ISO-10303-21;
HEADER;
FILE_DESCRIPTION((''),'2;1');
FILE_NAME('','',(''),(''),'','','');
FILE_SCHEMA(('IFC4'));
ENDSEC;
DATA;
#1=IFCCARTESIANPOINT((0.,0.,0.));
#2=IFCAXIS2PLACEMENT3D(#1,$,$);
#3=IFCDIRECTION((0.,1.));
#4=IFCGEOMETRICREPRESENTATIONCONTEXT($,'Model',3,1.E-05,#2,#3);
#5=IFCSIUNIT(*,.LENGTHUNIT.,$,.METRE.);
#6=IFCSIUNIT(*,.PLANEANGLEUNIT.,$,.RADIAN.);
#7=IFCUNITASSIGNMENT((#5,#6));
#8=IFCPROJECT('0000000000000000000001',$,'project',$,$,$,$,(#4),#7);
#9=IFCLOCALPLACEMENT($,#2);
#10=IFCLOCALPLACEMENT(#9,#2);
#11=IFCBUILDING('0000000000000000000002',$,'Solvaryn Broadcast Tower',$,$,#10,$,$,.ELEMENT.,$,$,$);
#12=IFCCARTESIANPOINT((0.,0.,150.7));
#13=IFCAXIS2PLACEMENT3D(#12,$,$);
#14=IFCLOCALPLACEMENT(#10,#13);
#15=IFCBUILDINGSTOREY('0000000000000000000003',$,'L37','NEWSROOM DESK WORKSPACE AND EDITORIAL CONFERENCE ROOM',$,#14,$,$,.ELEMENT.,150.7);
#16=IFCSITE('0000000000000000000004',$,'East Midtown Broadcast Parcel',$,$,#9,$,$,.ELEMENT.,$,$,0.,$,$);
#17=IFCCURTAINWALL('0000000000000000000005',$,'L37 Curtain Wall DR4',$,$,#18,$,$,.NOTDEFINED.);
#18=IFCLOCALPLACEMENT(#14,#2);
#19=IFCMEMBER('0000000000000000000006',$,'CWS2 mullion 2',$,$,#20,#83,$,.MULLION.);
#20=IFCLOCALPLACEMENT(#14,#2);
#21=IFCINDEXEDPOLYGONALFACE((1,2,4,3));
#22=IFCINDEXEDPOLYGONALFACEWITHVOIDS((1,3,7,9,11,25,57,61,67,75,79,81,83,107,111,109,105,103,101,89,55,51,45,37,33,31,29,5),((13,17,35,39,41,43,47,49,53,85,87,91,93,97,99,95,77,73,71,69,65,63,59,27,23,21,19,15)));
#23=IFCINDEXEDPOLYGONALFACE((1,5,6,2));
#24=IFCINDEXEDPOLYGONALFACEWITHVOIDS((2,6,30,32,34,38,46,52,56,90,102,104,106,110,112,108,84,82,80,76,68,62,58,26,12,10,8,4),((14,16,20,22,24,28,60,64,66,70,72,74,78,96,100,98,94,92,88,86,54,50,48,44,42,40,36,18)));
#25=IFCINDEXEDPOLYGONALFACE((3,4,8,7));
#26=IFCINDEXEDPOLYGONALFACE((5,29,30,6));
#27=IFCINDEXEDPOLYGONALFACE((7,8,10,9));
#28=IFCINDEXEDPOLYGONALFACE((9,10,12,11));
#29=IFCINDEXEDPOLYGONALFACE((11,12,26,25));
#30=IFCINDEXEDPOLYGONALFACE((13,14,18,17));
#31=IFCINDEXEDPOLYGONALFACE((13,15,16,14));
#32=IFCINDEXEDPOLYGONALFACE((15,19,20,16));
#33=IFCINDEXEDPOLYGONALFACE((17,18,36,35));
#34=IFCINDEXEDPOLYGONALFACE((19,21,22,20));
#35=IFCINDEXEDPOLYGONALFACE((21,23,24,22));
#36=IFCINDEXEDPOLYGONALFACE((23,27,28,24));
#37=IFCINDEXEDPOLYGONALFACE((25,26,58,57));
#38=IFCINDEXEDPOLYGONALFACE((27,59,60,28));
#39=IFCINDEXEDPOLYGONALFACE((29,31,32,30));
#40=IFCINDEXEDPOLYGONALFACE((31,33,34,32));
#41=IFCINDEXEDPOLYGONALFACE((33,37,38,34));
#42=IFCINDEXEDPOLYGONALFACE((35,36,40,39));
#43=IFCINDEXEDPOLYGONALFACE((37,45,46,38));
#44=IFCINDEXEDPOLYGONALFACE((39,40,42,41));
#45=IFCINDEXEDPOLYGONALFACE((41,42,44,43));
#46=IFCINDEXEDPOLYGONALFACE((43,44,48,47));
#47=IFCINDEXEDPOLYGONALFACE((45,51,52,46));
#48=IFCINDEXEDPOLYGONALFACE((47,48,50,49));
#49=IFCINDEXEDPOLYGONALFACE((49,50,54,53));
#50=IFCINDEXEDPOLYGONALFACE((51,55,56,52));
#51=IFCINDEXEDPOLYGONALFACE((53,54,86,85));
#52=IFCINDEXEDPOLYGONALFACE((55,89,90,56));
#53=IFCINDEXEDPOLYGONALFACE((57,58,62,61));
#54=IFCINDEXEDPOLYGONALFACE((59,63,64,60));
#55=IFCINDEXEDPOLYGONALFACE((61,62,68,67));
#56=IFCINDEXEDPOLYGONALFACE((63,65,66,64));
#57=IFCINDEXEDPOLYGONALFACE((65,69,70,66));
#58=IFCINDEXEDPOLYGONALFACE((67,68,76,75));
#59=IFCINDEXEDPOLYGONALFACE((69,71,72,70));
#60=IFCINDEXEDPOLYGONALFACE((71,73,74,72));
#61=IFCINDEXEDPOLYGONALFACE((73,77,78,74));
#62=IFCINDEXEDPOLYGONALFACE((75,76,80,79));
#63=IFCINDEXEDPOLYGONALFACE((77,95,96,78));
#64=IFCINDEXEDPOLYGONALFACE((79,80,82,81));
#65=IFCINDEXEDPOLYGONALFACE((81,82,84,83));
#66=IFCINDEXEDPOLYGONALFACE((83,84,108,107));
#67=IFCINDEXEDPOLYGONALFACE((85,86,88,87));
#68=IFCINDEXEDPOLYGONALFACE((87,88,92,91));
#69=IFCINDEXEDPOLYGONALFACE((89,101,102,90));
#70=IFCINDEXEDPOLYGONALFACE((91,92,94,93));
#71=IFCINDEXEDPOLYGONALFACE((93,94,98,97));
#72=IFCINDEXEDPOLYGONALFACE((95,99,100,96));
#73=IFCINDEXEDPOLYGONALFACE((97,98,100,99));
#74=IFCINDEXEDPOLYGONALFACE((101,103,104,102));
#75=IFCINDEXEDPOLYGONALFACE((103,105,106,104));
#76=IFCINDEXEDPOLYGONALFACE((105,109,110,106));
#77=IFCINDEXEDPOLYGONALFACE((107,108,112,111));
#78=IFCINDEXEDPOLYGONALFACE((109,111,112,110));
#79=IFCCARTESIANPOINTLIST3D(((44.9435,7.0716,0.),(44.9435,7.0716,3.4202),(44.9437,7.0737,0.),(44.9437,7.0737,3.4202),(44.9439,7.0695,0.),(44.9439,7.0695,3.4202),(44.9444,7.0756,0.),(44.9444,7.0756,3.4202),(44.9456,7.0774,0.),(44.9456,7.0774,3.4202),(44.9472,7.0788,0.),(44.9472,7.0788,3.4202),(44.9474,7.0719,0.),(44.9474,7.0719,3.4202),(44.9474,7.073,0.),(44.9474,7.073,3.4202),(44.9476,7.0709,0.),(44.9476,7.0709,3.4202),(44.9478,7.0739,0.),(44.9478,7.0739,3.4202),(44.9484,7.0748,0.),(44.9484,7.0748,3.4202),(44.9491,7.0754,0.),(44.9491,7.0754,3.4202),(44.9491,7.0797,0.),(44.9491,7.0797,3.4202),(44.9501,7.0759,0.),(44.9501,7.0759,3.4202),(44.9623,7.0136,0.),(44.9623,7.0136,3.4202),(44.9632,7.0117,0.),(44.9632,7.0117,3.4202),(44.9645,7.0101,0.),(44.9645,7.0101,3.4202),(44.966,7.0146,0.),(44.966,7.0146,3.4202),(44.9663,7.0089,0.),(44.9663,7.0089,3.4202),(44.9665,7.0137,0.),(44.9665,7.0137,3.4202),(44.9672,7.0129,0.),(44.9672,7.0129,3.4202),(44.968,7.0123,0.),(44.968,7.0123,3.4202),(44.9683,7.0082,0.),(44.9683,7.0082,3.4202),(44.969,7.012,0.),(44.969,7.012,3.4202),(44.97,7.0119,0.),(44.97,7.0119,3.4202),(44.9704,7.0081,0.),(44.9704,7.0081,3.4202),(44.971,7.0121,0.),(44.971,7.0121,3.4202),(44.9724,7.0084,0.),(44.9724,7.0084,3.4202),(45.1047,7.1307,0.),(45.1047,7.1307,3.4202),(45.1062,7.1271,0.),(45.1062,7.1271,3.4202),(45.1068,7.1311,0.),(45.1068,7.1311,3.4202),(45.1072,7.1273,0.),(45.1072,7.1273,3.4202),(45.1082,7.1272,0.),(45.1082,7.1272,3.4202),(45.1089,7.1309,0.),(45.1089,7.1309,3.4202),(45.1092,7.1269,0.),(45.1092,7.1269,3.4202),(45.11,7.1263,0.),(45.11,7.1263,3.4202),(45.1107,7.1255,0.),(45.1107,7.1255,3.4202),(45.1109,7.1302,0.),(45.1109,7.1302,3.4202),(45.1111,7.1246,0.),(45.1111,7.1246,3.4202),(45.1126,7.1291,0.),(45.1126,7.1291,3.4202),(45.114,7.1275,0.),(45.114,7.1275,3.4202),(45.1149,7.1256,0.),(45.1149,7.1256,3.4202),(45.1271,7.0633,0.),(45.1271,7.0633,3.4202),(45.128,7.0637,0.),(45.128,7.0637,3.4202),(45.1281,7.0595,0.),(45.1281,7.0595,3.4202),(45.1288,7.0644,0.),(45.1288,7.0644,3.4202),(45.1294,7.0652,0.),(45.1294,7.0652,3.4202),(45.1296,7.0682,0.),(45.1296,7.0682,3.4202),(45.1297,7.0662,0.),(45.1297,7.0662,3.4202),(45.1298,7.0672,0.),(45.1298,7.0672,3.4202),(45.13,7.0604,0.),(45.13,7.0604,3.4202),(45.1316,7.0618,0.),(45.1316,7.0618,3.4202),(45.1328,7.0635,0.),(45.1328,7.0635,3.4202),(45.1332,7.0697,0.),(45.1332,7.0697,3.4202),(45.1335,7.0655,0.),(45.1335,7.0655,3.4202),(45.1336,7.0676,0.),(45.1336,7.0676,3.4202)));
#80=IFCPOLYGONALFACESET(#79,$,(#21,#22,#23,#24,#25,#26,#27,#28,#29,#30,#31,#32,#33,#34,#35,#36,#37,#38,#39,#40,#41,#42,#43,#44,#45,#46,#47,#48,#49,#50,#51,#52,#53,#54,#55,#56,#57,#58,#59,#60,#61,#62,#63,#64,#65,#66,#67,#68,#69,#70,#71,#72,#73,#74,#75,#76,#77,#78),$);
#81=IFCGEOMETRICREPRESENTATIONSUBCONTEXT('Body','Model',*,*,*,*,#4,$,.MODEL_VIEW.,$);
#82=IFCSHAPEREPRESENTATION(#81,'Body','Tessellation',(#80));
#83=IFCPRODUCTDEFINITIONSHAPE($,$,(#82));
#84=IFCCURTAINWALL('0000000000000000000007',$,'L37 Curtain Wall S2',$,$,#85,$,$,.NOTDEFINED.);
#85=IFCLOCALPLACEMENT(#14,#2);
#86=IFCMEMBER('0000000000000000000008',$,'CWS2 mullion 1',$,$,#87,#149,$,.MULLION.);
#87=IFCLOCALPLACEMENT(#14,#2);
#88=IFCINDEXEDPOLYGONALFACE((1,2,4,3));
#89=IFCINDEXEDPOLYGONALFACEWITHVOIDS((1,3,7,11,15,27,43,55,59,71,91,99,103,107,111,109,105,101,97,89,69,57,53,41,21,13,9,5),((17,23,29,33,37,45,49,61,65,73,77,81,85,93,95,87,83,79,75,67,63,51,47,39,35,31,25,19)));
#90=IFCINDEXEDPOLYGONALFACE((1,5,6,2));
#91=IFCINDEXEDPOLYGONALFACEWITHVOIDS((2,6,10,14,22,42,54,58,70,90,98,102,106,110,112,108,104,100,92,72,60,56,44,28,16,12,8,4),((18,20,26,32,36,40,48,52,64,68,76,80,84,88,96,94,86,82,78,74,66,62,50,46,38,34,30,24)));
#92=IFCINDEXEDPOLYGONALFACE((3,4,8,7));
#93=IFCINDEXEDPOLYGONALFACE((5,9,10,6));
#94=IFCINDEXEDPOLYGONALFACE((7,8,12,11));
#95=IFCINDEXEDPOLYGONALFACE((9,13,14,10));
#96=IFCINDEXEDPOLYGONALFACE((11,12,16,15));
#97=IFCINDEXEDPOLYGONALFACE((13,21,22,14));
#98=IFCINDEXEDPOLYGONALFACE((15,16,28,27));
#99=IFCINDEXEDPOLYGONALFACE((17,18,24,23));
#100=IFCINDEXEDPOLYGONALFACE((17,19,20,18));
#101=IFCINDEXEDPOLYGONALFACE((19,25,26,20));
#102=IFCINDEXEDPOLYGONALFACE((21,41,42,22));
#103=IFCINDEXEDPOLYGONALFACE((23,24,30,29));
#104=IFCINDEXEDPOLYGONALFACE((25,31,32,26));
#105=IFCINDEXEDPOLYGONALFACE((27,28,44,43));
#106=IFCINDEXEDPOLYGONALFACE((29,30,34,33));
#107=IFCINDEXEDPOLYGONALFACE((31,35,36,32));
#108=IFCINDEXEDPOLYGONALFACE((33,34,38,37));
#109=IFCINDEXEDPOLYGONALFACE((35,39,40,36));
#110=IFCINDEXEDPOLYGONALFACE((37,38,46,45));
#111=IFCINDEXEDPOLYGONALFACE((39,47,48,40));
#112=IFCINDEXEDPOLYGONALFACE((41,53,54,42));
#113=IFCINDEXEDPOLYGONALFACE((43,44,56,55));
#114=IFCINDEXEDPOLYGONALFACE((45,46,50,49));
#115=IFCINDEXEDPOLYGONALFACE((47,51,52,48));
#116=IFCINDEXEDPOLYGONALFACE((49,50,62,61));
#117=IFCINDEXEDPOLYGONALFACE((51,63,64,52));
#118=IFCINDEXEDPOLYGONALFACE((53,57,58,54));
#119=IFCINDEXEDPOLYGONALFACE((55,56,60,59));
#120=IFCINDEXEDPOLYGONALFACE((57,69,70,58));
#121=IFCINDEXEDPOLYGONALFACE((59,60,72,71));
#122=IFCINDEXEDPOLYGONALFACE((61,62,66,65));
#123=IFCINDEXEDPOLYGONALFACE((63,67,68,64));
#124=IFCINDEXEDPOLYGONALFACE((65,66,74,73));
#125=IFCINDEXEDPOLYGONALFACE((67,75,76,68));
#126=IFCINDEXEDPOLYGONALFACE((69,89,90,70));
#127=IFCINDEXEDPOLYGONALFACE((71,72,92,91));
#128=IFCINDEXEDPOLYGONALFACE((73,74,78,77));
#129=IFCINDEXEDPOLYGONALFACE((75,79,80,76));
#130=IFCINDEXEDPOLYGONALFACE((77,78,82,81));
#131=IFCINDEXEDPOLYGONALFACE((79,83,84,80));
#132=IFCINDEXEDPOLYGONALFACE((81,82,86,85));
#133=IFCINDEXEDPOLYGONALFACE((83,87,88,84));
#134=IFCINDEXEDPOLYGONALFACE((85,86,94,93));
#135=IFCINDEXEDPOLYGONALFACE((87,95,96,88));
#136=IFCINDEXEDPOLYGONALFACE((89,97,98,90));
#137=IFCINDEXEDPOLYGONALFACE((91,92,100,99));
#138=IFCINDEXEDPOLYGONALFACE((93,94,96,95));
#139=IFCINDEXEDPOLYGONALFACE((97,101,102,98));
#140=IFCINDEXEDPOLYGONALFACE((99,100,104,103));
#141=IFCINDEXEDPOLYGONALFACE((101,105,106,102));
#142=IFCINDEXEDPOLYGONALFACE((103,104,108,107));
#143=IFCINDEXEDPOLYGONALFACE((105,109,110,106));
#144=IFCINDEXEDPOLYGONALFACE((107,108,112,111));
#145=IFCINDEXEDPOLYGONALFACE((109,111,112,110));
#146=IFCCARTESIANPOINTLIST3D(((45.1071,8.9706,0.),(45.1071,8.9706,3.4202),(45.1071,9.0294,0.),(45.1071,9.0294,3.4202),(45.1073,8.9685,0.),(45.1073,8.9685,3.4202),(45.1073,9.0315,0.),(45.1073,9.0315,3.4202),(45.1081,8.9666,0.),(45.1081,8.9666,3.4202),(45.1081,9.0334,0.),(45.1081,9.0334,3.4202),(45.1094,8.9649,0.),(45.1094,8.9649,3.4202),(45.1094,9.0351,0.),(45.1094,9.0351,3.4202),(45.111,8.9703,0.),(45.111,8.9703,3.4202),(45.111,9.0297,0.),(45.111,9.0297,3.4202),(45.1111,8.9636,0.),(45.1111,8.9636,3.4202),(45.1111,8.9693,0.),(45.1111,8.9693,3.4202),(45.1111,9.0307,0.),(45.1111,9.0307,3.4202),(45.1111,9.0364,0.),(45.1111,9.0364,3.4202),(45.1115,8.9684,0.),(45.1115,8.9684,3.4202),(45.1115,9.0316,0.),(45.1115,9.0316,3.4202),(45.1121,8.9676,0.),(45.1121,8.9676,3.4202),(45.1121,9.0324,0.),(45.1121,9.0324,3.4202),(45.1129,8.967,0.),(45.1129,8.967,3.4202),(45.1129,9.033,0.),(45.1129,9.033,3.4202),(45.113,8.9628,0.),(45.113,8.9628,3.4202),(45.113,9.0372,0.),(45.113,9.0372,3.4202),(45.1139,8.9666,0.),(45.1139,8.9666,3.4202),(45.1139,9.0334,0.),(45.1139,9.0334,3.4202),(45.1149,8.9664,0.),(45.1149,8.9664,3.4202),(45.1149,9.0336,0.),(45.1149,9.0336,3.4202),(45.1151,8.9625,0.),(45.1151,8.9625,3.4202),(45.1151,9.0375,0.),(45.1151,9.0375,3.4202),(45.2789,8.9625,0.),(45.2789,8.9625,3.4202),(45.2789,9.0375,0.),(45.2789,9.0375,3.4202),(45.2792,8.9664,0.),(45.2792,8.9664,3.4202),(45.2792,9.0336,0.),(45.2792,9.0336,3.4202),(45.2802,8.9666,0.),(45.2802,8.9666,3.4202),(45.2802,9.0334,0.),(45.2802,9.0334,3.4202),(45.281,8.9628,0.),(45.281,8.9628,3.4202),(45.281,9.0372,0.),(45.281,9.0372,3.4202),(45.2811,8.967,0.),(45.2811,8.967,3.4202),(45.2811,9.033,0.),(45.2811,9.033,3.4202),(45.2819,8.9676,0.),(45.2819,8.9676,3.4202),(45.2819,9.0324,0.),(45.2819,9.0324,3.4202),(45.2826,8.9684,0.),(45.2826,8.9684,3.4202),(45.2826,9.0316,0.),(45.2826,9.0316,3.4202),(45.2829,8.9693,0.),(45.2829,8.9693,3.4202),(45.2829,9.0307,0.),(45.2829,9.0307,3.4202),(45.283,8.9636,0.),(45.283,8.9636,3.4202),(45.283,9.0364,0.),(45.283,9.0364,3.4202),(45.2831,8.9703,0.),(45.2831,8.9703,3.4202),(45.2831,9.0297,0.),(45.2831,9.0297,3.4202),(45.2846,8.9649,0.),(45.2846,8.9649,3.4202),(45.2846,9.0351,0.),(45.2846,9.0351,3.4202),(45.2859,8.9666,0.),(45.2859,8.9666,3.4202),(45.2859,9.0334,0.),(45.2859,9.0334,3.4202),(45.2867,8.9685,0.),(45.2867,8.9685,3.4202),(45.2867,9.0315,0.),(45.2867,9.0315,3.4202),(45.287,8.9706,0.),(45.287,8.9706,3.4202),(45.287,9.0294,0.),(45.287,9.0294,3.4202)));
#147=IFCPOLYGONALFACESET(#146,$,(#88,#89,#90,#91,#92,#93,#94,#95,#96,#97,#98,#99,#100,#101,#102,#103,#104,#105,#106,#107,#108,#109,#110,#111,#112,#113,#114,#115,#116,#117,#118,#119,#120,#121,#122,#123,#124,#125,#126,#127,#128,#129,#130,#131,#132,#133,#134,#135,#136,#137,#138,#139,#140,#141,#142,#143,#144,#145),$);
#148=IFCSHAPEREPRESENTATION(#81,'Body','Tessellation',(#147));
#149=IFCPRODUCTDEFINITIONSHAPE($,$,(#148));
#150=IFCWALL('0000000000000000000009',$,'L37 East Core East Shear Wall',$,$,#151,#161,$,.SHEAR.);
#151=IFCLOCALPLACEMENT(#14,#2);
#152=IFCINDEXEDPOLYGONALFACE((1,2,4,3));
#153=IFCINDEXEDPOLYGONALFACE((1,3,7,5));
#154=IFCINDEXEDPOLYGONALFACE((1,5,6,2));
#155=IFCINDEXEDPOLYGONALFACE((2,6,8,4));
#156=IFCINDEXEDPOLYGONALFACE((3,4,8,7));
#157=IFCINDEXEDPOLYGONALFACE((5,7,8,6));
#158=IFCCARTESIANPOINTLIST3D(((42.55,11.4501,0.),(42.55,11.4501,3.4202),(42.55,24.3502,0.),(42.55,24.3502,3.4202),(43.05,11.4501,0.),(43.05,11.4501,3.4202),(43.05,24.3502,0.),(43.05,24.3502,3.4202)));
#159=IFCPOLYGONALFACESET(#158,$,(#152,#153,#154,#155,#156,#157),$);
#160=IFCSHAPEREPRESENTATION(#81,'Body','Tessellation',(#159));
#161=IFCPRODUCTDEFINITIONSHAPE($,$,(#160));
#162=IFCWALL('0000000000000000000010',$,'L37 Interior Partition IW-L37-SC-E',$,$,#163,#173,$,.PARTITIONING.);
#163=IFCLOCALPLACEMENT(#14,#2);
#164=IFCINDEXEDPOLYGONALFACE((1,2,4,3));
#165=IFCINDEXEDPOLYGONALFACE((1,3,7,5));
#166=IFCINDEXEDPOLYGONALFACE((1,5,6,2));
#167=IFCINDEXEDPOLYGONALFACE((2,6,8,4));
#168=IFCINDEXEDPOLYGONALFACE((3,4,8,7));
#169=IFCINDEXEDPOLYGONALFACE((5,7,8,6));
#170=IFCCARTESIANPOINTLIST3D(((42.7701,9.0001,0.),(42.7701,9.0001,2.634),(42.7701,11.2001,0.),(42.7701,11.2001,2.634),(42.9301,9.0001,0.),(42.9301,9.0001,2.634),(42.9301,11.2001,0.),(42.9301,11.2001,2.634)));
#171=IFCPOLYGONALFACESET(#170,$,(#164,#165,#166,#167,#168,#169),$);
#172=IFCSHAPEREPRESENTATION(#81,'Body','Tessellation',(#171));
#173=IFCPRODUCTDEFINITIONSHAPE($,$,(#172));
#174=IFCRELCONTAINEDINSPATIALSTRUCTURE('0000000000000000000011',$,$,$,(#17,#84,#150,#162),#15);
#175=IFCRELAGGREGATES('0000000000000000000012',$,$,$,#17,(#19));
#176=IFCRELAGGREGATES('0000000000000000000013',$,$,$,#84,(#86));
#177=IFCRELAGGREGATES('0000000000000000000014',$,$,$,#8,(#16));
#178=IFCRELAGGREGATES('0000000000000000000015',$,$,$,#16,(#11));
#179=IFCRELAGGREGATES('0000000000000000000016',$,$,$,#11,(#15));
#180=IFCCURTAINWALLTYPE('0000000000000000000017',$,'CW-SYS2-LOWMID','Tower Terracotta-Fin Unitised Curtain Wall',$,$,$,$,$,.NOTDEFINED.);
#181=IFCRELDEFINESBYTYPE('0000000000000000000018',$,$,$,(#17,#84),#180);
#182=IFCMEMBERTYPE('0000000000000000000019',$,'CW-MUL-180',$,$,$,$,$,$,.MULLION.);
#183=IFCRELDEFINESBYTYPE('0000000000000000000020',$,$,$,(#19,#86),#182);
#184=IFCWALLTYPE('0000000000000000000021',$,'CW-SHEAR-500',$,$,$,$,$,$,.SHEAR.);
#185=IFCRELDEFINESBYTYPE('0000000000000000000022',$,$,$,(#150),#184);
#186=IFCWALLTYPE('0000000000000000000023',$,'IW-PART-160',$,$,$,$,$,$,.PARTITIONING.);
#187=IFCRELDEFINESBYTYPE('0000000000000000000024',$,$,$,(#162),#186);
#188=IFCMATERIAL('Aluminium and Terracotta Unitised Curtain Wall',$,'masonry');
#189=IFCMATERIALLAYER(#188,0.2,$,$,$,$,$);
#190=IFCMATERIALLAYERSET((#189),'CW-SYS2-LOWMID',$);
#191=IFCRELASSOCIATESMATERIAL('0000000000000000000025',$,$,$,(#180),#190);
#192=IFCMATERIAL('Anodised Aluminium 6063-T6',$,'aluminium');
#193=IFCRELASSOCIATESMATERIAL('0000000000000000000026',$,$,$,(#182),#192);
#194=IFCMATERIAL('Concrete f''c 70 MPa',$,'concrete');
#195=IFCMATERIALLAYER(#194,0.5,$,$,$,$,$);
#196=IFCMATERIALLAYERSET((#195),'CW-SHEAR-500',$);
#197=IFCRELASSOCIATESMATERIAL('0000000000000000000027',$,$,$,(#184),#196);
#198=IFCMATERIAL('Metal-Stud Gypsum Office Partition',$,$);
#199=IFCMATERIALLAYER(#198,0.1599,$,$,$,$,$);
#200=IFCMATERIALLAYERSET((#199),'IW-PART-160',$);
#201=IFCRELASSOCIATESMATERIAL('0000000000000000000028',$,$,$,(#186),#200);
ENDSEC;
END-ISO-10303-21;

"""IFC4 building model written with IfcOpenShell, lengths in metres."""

from ifc_helpers import new_model, si_unit, direction, frame, frame_2d, origin, origin_2d, place, context, subcontext, project, spatial, rectangle, hollow_rectangle, extrude, material, layer, layer_set, material_profile, profile_set, type_object, element, aggregate, save


model = new_model("IFC4")

# Units and contexts
model_context = context("Model", 3, precision=1e-05, world=origin(), true_north=direction((0.0, 1.0)))
body_context = subcontext(model_context, "Body", "Model", "MODEL_VIEW")
ifc_project = project(units=[si_unit("LENGTHUNIT", "METRE"), si_unit("PLANEANGLEUNIT", "RADIAN")], contexts=[model_context])

# Site, building, storey
site_placement = place(None, origin())
site = spatial("IfcSite", under=ifc_project, at=site_placement, Name="East Midtown Broadcast Parcel", CompositionType="ELEMENT", RefElevation=0.0)
building_placement = place(site_placement, origin())
building = spatial("IfcBuilding", under=site, at=building_placement, Name="Solvaryn Broadcast Tower", CompositionType="ELEMENT")
storey_placement = place(building_placement, frame((0.0, 0.0, 150.7)))
storey = spatial("IfcBuildingStorey", under=building, at=storey_placement, Name="L37", Description="NEWSROOM DESK WORKSPACE AND EDITORIAL CONFERENCE ROOM", CompositionType="ELEMENT", Elevation=150.7)

# Curtain walls, members
ifc_material_1 = material(Name="Aluminium and Terracotta Unitised Curtain Wall", Category="masonry")
ifc_layer_1 = layer(ifc_material_1, 0.2)
ifc_layer_set_1 = layer_set([ifc_layer_1], Name="CW-SYS2-LOWMID")
curtain_wall_type = type_object("IfcCurtainWallType", Name="CW-SYS2-LOWMID", Description="Tower Terracotta-Fin Unitised Curtain Wall", PredefinedType="NOTDEFINED", material=ifc_layer_set_1)
curtain_wall_1_placement = place(storey_placement, origin())
curtain_wall_1 = element("IfcCurtainWall", 1, at=curtain_wall_1_placement, inside=storey, type_object=curtain_wall_type, Name="L37 Curtain Wall DR4", PredefinedType="NOTDEFINED")
ifc_material_2 = material(Name="Anodised Aluminium 6063-T6", Category="aluminium")
ifc_material_profile_1 = material_profile(ifc_material_2, hollow_rectangle(XDim=0.075, YDim=0.1799, WallThickness=0.0039, InnerFilletRadius=0.0039, OuterFilletRadius=0.0081, at=origin_2d()))
ifc_profile_set_1 = profile_set([ifc_material_profile_1], Name="Anodised Aluminium 6063-T6")
member_type = type_object("IfcMemberType", Name="CW-MUL-180", PredefinedType="MULLION", material=ifc_profile_set_1)
member_1_placement = place(storey_placement, frame((45.0386, 7.0696, 0.0), z_axis=(0.0, 0.0, 1.0), x_axis=(-0.311646, 0.950198, 0.0)))
member_1 = element("IfcMember", 2, at=member_1_placement, type_object=member_type, Name="CWS2 mullion 2", PredefinedType="MULLION", context=body_context, shape_type="SweptSolid", body=[
    extrude(hollow_rectangle(XDim=0.075, YDim=0.1799, WallThickness=0.0039, InnerFilletRadius=0.0039, OuterFilletRadius=0.0081, at=origin_2d()), origin(), (0.0, 0.0, 1.0), 3.4202),
])
aggregate(curtain_wall_1, [member_1])
curtain_wall_2_placement = place(storey_placement, origin())
curtain_wall_2 = element("IfcCurtainWall", 3, at=curtain_wall_2_placement, inside=storey, type_object=curtain_wall_type, Name="L37 Curtain Wall S2", PredefinedType="NOTDEFINED")
member_2_placement = place(storey_placement, frame((45.197, 9.0, 0.0), z_axis=(0.0, 0.0, 1.0), x_axis=(0.0, 1.0, 0.0)))
member_2 = element("IfcMember", 4, at=member_2_placement, type_object=member_type, Name="CWS2 mullion 1", PredefinedType="MULLION", context=body_context, shape_type="SweptSolid", body=[
    extrude(hollow_rectangle(XDim=0.075, YDim=0.1799, WallThickness=0.0039, InnerFilletRadius=0.0039, OuterFilletRadius=0.0081, at=origin_2d()), origin(), (0.0, 0.0, 1.0), 3.4202),
])
aggregate(curtain_wall_2, [member_2])

# Walls
ifc_material_3 = material(Name="Concrete f'c 70 MPa", Category="concrete")
ifc_layer_2 = layer(ifc_material_3, 0.5)
ifc_layer_set_2 = layer_set([ifc_layer_2], Name="CW-SHEAR-500")
wall_type_1 = type_object("IfcWallType", Name="CW-SHEAR-500", PredefinedType="SHEAR", material=ifc_layer_set_2)
wall_1_placement = place(storey_placement, frame((42.8, 11.45, 0.0), z_axis=(0.0, 0.0, 1.0), x_axis=(0.0, 1.0, 0.0)))
element("IfcWall", 5, at=wall_1_placement, inside=storey, type_object=wall_type_1, Name="L37 East Core East Shear Wall", PredefinedType="SHEAR", context=body_context, shape_type="SweptSolid", body=[
    extrude(rectangle(XDim=12.9001, YDim=0.5, at=frame_2d((6.4502, 0.0))), origin(), (0.0, 0.0, 1.0), 3.4202),
])
ifc_material_4 = material(Name="Metal-Stud Gypsum Office Partition")
ifc_layer_3 = layer(ifc_material_4, 0.1599)
ifc_layer_set_3 = layer_set([ifc_layer_3], Name="IW-PART-160")
wall_type_2 = type_object("IfcWallType", Name="IW-PART-160", PredefinedType="PARTITIONING", material=ifc_layer_set_3)
wall_2_placement = place(storey_placement, frame((42.8501, 9.0, 0.0), z_axis=(0.0, 0.0, 1.0), x_axis=(0.0, 1.0, 0.0)))
element("IfcWall", 6, at=wall_2_placement, inside=storey, type_object=wall_type_2, Name="L37 Interior Partition IW-L37-SC-E", PredefinedType="PARTITIONING", context=body_context, shape_type="SweptSolid", body=[
    extrude(rectangle(XDim=2.2, YDim=0.1599, at=frame_2d((1.1001, 0.0))), origin(), (0.0, 0.0, 1.0), 2.634),
])

save(model, "model.ifc")
